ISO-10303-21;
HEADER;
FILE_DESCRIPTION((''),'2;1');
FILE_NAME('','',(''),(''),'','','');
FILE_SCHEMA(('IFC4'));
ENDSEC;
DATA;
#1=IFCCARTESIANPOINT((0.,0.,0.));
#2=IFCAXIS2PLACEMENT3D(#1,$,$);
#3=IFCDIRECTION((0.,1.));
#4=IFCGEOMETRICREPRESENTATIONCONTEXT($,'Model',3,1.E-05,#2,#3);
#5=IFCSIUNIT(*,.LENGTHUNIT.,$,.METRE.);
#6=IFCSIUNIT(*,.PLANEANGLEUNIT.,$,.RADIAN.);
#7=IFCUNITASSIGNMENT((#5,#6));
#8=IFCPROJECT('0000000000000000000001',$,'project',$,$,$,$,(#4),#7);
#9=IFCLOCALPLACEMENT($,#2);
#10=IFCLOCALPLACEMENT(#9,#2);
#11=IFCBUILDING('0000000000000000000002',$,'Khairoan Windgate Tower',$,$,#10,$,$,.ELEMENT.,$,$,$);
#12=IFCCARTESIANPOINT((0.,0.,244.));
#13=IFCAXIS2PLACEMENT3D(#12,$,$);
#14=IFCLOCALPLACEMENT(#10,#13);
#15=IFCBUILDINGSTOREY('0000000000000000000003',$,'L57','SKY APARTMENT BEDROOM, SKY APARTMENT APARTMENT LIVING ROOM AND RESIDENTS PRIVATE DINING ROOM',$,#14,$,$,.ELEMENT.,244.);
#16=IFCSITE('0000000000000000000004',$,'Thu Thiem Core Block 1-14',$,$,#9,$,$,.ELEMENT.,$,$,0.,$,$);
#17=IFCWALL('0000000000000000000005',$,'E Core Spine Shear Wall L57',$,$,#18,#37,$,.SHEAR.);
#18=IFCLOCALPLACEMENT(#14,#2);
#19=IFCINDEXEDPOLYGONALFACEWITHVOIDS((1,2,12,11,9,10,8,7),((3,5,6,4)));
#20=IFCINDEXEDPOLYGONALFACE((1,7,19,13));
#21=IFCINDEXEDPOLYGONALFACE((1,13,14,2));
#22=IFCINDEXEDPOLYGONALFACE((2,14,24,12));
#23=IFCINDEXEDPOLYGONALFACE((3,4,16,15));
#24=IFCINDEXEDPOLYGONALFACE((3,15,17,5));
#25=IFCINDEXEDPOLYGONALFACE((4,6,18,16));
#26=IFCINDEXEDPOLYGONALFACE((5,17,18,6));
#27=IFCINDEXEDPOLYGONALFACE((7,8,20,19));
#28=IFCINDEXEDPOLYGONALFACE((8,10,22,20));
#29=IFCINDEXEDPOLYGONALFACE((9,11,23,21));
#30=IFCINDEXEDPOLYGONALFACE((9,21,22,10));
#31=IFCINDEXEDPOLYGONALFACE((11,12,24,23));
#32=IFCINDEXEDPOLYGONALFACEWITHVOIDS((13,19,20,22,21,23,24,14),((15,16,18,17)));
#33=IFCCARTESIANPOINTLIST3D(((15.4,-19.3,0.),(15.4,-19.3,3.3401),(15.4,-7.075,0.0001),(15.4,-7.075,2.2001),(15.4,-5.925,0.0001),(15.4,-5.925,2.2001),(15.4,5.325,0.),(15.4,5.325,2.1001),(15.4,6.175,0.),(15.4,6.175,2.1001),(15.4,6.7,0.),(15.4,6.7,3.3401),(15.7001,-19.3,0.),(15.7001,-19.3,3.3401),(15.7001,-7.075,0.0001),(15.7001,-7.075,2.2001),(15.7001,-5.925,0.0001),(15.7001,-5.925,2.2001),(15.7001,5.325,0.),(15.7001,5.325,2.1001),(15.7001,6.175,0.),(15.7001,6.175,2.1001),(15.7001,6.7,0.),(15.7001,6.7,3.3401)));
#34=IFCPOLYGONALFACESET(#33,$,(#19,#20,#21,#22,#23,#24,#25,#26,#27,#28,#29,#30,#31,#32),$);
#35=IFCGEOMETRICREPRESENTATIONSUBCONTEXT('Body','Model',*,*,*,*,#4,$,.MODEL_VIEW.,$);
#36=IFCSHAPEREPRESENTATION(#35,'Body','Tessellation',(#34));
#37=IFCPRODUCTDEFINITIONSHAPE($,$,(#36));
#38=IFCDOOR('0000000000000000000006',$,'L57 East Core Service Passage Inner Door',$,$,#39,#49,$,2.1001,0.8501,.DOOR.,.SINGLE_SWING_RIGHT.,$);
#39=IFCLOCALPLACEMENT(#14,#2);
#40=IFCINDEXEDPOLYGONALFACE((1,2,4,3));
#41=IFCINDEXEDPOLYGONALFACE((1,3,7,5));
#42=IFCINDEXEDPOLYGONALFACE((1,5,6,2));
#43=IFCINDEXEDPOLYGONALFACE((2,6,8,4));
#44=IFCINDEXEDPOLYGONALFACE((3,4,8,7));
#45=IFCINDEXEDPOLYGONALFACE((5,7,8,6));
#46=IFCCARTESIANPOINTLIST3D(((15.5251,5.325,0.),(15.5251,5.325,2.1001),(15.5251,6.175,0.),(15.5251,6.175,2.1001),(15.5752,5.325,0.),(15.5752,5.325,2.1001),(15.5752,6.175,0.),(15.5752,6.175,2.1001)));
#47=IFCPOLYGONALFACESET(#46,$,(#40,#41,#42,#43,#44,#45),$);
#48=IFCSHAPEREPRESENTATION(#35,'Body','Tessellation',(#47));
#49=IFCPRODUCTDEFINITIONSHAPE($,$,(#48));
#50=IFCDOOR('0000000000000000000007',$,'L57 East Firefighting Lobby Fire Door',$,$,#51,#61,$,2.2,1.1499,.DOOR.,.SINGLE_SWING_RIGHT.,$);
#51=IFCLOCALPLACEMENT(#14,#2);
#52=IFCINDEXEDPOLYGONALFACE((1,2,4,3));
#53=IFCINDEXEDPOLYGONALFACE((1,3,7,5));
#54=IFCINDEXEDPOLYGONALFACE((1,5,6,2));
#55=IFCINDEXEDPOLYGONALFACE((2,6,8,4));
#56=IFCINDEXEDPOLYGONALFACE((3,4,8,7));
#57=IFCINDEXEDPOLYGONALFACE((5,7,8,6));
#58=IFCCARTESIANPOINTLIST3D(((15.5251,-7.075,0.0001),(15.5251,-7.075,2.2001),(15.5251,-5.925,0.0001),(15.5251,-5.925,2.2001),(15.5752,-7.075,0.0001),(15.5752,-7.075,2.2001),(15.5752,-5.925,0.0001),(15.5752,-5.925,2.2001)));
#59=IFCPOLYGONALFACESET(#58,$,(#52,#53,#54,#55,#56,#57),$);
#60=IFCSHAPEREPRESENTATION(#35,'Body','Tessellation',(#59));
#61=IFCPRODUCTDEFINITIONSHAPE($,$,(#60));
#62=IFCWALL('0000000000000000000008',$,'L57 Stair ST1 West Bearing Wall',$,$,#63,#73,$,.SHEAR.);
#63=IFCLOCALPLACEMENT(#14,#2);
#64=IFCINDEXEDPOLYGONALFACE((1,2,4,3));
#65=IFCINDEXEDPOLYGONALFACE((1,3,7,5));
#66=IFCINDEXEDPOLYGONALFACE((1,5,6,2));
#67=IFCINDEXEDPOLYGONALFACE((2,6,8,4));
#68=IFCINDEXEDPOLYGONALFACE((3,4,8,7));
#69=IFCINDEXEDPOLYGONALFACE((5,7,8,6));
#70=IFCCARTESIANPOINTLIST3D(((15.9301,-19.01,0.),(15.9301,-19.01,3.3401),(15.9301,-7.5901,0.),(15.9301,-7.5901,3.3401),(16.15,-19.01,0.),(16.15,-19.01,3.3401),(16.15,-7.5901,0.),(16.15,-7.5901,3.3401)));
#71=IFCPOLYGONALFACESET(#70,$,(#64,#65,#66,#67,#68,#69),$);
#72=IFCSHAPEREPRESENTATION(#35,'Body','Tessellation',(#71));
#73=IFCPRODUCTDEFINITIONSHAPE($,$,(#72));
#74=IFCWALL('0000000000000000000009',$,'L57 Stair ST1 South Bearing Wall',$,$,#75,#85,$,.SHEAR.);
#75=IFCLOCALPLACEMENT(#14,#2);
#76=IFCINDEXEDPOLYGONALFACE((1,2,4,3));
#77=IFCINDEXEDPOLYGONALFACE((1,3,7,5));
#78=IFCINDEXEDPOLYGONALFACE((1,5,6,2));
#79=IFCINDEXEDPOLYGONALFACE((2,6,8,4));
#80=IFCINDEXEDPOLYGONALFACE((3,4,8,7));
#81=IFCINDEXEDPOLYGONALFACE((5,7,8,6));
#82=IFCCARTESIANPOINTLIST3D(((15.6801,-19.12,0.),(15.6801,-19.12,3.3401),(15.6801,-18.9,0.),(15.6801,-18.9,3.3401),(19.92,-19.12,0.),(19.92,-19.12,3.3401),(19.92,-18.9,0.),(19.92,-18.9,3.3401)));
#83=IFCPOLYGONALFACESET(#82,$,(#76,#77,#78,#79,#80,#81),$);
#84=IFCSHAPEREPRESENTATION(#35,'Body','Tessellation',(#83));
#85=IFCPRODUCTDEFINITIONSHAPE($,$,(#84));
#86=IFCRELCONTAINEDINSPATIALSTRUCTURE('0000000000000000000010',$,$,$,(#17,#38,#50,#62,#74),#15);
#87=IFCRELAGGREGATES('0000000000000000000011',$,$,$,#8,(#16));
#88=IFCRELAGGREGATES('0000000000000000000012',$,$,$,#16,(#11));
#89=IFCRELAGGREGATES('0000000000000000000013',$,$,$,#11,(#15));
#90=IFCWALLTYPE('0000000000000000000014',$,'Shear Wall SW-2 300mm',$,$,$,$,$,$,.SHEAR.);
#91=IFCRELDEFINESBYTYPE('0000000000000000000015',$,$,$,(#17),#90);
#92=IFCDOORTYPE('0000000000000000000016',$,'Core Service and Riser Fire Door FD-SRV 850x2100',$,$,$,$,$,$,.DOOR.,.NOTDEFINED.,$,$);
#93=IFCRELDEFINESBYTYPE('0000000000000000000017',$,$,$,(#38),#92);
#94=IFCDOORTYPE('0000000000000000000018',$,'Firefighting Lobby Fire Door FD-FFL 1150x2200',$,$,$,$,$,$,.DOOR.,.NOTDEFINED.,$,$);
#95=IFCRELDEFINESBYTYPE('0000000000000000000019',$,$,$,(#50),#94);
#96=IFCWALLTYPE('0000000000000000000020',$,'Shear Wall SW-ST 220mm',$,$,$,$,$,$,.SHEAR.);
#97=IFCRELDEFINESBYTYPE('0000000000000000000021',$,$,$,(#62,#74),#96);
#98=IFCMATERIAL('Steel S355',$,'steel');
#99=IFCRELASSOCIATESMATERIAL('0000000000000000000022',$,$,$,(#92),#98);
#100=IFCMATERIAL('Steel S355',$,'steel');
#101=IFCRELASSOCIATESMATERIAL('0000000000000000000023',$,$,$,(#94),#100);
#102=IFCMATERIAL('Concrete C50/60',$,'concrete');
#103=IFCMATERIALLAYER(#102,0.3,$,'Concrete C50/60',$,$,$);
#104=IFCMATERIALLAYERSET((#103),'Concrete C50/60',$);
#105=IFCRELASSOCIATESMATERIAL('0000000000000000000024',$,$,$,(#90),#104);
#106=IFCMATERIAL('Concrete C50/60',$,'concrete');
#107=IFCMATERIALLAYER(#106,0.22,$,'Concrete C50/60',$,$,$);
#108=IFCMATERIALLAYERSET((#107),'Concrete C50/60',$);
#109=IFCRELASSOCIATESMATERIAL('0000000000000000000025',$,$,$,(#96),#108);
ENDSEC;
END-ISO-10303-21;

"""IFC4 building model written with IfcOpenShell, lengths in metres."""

from ifc_helpers import new_model, si_unit, direction, frame, frame_2d, origin, place, context, subcontext, project, spatial, rectangle, extrude, material, layer, layer_set, type_object, element, fill, save


model = new_model("IFC4")

# Units and contexts
model_context = context("Model", 3, precision=1e-05, world=origin(), true_north=direction((0.0, 1.0)))
body_context = subcontext(model_context, "Body", "Model", "MODEL_VIEW")
ifc_project = project(units=[si_unit("LENGTHUNIT", "METRE"), si_unit("PLANEANGLEUNIT", "RADIAN")], contexts=[model_context])

# Site, building, storey
site_placement = place(None, origin())
site = spatial("IfcSite", under=ifc_project, at=site_placement, Name="Thu Thiem Core Block 1-14", CompositionType="ELEMENT", RefElevation=0.0)
building_placement = place(site_placement, origin())
building = spatial("IfcBuilding", under=site, at=building_placement, Name="Khairoan Windgate Tower", CompositionType="ELEMENT")
storey_placement = place(building_placement, frame((0.0, 0.0, 244.0)))
storey = spatial("IfcBuildingStorey", under=building, at=storey_placement, Name="L57", Description="SKY APARTMENT BEDROOM, SKY APARTMENT APARTMENT LIVING ROOM AND RESIDENTS PRIVATE DINING ROOM", CompositionType="ELEMENT", Elevation=244.0)

# Shared definitions
ifc_material_1 = material(Name="Steel S355", Category="steel")
door_type_1 = type_object("IfcDoorType", Name="Core Service and Riser Fire Door FD-SRV 850x2100", OperationType="NOTDEFINED", PredefinedType="DOOR", material=ifc_material_1)
ifc_material_2 = material(Name="Steel S355", Category="steel")
door_type_2 = type_object("IfcDoorType", Name="Firefighting Lobby Fire Door FD-FFL 1150x2200", OperationType="NOTDEFINED", PredefinedType="DOOR", material=ifc_material_2)

# Wall, openings, doors
ifc_material_3 = material(Name="Concrete C50/60", Category="concrete")
ifc_layer_1 = layer(ifc_material_3, 0.3, Name="Concrete C50/60")
ifc_layer_set_1 = layer_set([ifc_layer_1], Name="Concrete C50/60")
wall_type_1 = type_object("IfcWallType", Name="Shear Wall SW-2 300mm", PredefinedType="SHEAR", material=ifc_layer_set_1)
wall_1_placement = place(storey_placement, frame((15.55, -19.3, 0.0), z_axis=(0.0, 0.0, 1.0), x_axis=(0.0, 1.0, 0.0)))
wall_1 = element("IfcWall", 1, at=wall_1_placement, inside=storey, type_object=wall_type_1, Name="E Core Spine Shear Wall L57", PredefinedType="SHEAR", context=body_context, shape_type="SweptSolid", body=[
    extrude(rectangle(XDim=26.0, YDim=0.3, at=frame_2d((13.0, 0.0))), origin(), (0.0, 0.0, 1.0), 3.3401),
])
opening_1_placement = place(wall_1_placement, frame((12.2251, 0.0, 0.0)))
opening_1 = element("IfcOpeningElement", 2, at=opening_1_placement, cuts=wall_1, PredefinedType="OPENING", context=body_context, shape_type="SweptSolid", body=[
    extrude(rectangle(XDim=1.1499, YDim=2.2, at=frame_2d((0.575, 1.1001))), frame((0.0, 0.1599, 0.0), z_axis=(0.0, -1.0, 0.0), x_axis=(1.0, 0.0, 0.0)), (0.0, 0.0, 1.0), 0.3201),
])
opening_2_placement = place(wall_1_placement, frame((24.625, 0.0, 0.0)))
opening_2 = element("IfcOpeningElement", 3, at=opening_2_placement, cuts=wall_1, PredefinedType="OPENING", context=body_context, shape_type="SweptSolid", body=[
    extrude(rectangle(XDim=0.8501, YDim=2.1001, at=frame_2d((0.425, 1.05))), frame((0.0, 0.1599, 0.0), z_axis=(0.0, -1.0, 0.0), x_axis=(1.0, 0.0, 0.0)), (0.0, 0.0, 1.0), 0.3201),
])
door_1_placement = place(opening_2_placement, origin())
door_1 = element("IfcDoor", 4, at=door_1_placement, inside=storey, type_object=door_type_1, Name="L57 East Core Service Passage Inner Door", OperationType="SINGLE_SWING_RIGHT", OverallHeight=2.1001, OverallWidth=0.8501, PredefinedType="DOOR", context=body_context, shape_type="SweptSolid", body=[
    extrude(rectangle(XDim=0.8501, YDim=2.1001, at=frame_2d((0.425, 1.05))), frame((0.0, 0.0249, 0.0), z_axis=(0.0, -1.0, 0.0), x_axis=(1.0, 0.0, 0.0)), (0.0, 0.0, 1.0), 0.05),
])
fill(opening_2, door_1)
door_2_placement = place(opening_1_placement, origin())
door_2 = element("IfcDoor", 5, at=door_2_placement, inside=storey, type_object=door_type_2, Name="L57 East Firefighting Lobby Fire Door", OperationType="SINGLE_SWING_RIGHT", OverallHeight=2.2, OverallWidth=1.1499, PredefinedType="DOOR", context=body_context, shape_type="SweptSolid", body=[
    extrude(rectangle(XDim=1.1499, YDim=2.2, at=frame_2d((0.575, 1.1001))), frame((0.0, 0.0249, 0.0), z_axis=(0.0, -1.0, 0.0), x_axis=(1.0, 0.0, 0.0)), (0.0, 0.0, 1.0), 0.05),
])
fill(opening_1, door_2)

# Walls
ifc_material_4 = material(Name="Concrete C50/60", Category="concrete")
ifc_layer_2 = layer(ifc_material_4, 0.22, Name="Concrete C50/60")
ifc_layer_set_2 = layer_set([ifc_layer_2], Name="Concrete C50/60")
wall_type_2 = type_object("IfcWallType", Name="Shear Wall SW-ST 220mm", PredefinedType="SHEAR", material=ifc_layer_set_2)
wall_2_placement = place(storey_placement, frame((16.04, -19.01, 0.0), z_axis=(0.0, 0.0, 1.0), x_axis=(0.0, 1.0, 0.0)))
element("IfcWall", 6, at=wall_2_placement, inside=storey, type_object=wall_type_2, Name="L57 Stair ST1 West Bearing Wall", PredefinedType="SHEAR", context=body_context, shape_type="SweptSolid", body=[
    extrude(rectangle(XDim=11.4199, YDim=0.22, at=frame_2d((5.71, 0.0))), origin(), (0.0, 0.0, 1.0), 3.3401),
])
wall_3_placement = place(storey_placement, frame((15.6799, -19.01, 0.0), z_axis=(0.0, 0.0, 1.0), x_axis=(1.0, 0.0, 0.0)))
element("IfcWall", 7, at=wall_3_placement, inside=storey, type_object=wall_type_2, Name="L57 Stair ST1 South Bearing Wall", PredefinedType="SHEAR", context=body_context, shape_type="SweptSolid", body=[
    extrude(rectangle(XDim=4.24, YDim=0.22, at=frame_2d((2.1201, 0.0))), origin(), (0.0, 0.0, 1.0), 3.3401),
])

save(model, "model.ifc")
